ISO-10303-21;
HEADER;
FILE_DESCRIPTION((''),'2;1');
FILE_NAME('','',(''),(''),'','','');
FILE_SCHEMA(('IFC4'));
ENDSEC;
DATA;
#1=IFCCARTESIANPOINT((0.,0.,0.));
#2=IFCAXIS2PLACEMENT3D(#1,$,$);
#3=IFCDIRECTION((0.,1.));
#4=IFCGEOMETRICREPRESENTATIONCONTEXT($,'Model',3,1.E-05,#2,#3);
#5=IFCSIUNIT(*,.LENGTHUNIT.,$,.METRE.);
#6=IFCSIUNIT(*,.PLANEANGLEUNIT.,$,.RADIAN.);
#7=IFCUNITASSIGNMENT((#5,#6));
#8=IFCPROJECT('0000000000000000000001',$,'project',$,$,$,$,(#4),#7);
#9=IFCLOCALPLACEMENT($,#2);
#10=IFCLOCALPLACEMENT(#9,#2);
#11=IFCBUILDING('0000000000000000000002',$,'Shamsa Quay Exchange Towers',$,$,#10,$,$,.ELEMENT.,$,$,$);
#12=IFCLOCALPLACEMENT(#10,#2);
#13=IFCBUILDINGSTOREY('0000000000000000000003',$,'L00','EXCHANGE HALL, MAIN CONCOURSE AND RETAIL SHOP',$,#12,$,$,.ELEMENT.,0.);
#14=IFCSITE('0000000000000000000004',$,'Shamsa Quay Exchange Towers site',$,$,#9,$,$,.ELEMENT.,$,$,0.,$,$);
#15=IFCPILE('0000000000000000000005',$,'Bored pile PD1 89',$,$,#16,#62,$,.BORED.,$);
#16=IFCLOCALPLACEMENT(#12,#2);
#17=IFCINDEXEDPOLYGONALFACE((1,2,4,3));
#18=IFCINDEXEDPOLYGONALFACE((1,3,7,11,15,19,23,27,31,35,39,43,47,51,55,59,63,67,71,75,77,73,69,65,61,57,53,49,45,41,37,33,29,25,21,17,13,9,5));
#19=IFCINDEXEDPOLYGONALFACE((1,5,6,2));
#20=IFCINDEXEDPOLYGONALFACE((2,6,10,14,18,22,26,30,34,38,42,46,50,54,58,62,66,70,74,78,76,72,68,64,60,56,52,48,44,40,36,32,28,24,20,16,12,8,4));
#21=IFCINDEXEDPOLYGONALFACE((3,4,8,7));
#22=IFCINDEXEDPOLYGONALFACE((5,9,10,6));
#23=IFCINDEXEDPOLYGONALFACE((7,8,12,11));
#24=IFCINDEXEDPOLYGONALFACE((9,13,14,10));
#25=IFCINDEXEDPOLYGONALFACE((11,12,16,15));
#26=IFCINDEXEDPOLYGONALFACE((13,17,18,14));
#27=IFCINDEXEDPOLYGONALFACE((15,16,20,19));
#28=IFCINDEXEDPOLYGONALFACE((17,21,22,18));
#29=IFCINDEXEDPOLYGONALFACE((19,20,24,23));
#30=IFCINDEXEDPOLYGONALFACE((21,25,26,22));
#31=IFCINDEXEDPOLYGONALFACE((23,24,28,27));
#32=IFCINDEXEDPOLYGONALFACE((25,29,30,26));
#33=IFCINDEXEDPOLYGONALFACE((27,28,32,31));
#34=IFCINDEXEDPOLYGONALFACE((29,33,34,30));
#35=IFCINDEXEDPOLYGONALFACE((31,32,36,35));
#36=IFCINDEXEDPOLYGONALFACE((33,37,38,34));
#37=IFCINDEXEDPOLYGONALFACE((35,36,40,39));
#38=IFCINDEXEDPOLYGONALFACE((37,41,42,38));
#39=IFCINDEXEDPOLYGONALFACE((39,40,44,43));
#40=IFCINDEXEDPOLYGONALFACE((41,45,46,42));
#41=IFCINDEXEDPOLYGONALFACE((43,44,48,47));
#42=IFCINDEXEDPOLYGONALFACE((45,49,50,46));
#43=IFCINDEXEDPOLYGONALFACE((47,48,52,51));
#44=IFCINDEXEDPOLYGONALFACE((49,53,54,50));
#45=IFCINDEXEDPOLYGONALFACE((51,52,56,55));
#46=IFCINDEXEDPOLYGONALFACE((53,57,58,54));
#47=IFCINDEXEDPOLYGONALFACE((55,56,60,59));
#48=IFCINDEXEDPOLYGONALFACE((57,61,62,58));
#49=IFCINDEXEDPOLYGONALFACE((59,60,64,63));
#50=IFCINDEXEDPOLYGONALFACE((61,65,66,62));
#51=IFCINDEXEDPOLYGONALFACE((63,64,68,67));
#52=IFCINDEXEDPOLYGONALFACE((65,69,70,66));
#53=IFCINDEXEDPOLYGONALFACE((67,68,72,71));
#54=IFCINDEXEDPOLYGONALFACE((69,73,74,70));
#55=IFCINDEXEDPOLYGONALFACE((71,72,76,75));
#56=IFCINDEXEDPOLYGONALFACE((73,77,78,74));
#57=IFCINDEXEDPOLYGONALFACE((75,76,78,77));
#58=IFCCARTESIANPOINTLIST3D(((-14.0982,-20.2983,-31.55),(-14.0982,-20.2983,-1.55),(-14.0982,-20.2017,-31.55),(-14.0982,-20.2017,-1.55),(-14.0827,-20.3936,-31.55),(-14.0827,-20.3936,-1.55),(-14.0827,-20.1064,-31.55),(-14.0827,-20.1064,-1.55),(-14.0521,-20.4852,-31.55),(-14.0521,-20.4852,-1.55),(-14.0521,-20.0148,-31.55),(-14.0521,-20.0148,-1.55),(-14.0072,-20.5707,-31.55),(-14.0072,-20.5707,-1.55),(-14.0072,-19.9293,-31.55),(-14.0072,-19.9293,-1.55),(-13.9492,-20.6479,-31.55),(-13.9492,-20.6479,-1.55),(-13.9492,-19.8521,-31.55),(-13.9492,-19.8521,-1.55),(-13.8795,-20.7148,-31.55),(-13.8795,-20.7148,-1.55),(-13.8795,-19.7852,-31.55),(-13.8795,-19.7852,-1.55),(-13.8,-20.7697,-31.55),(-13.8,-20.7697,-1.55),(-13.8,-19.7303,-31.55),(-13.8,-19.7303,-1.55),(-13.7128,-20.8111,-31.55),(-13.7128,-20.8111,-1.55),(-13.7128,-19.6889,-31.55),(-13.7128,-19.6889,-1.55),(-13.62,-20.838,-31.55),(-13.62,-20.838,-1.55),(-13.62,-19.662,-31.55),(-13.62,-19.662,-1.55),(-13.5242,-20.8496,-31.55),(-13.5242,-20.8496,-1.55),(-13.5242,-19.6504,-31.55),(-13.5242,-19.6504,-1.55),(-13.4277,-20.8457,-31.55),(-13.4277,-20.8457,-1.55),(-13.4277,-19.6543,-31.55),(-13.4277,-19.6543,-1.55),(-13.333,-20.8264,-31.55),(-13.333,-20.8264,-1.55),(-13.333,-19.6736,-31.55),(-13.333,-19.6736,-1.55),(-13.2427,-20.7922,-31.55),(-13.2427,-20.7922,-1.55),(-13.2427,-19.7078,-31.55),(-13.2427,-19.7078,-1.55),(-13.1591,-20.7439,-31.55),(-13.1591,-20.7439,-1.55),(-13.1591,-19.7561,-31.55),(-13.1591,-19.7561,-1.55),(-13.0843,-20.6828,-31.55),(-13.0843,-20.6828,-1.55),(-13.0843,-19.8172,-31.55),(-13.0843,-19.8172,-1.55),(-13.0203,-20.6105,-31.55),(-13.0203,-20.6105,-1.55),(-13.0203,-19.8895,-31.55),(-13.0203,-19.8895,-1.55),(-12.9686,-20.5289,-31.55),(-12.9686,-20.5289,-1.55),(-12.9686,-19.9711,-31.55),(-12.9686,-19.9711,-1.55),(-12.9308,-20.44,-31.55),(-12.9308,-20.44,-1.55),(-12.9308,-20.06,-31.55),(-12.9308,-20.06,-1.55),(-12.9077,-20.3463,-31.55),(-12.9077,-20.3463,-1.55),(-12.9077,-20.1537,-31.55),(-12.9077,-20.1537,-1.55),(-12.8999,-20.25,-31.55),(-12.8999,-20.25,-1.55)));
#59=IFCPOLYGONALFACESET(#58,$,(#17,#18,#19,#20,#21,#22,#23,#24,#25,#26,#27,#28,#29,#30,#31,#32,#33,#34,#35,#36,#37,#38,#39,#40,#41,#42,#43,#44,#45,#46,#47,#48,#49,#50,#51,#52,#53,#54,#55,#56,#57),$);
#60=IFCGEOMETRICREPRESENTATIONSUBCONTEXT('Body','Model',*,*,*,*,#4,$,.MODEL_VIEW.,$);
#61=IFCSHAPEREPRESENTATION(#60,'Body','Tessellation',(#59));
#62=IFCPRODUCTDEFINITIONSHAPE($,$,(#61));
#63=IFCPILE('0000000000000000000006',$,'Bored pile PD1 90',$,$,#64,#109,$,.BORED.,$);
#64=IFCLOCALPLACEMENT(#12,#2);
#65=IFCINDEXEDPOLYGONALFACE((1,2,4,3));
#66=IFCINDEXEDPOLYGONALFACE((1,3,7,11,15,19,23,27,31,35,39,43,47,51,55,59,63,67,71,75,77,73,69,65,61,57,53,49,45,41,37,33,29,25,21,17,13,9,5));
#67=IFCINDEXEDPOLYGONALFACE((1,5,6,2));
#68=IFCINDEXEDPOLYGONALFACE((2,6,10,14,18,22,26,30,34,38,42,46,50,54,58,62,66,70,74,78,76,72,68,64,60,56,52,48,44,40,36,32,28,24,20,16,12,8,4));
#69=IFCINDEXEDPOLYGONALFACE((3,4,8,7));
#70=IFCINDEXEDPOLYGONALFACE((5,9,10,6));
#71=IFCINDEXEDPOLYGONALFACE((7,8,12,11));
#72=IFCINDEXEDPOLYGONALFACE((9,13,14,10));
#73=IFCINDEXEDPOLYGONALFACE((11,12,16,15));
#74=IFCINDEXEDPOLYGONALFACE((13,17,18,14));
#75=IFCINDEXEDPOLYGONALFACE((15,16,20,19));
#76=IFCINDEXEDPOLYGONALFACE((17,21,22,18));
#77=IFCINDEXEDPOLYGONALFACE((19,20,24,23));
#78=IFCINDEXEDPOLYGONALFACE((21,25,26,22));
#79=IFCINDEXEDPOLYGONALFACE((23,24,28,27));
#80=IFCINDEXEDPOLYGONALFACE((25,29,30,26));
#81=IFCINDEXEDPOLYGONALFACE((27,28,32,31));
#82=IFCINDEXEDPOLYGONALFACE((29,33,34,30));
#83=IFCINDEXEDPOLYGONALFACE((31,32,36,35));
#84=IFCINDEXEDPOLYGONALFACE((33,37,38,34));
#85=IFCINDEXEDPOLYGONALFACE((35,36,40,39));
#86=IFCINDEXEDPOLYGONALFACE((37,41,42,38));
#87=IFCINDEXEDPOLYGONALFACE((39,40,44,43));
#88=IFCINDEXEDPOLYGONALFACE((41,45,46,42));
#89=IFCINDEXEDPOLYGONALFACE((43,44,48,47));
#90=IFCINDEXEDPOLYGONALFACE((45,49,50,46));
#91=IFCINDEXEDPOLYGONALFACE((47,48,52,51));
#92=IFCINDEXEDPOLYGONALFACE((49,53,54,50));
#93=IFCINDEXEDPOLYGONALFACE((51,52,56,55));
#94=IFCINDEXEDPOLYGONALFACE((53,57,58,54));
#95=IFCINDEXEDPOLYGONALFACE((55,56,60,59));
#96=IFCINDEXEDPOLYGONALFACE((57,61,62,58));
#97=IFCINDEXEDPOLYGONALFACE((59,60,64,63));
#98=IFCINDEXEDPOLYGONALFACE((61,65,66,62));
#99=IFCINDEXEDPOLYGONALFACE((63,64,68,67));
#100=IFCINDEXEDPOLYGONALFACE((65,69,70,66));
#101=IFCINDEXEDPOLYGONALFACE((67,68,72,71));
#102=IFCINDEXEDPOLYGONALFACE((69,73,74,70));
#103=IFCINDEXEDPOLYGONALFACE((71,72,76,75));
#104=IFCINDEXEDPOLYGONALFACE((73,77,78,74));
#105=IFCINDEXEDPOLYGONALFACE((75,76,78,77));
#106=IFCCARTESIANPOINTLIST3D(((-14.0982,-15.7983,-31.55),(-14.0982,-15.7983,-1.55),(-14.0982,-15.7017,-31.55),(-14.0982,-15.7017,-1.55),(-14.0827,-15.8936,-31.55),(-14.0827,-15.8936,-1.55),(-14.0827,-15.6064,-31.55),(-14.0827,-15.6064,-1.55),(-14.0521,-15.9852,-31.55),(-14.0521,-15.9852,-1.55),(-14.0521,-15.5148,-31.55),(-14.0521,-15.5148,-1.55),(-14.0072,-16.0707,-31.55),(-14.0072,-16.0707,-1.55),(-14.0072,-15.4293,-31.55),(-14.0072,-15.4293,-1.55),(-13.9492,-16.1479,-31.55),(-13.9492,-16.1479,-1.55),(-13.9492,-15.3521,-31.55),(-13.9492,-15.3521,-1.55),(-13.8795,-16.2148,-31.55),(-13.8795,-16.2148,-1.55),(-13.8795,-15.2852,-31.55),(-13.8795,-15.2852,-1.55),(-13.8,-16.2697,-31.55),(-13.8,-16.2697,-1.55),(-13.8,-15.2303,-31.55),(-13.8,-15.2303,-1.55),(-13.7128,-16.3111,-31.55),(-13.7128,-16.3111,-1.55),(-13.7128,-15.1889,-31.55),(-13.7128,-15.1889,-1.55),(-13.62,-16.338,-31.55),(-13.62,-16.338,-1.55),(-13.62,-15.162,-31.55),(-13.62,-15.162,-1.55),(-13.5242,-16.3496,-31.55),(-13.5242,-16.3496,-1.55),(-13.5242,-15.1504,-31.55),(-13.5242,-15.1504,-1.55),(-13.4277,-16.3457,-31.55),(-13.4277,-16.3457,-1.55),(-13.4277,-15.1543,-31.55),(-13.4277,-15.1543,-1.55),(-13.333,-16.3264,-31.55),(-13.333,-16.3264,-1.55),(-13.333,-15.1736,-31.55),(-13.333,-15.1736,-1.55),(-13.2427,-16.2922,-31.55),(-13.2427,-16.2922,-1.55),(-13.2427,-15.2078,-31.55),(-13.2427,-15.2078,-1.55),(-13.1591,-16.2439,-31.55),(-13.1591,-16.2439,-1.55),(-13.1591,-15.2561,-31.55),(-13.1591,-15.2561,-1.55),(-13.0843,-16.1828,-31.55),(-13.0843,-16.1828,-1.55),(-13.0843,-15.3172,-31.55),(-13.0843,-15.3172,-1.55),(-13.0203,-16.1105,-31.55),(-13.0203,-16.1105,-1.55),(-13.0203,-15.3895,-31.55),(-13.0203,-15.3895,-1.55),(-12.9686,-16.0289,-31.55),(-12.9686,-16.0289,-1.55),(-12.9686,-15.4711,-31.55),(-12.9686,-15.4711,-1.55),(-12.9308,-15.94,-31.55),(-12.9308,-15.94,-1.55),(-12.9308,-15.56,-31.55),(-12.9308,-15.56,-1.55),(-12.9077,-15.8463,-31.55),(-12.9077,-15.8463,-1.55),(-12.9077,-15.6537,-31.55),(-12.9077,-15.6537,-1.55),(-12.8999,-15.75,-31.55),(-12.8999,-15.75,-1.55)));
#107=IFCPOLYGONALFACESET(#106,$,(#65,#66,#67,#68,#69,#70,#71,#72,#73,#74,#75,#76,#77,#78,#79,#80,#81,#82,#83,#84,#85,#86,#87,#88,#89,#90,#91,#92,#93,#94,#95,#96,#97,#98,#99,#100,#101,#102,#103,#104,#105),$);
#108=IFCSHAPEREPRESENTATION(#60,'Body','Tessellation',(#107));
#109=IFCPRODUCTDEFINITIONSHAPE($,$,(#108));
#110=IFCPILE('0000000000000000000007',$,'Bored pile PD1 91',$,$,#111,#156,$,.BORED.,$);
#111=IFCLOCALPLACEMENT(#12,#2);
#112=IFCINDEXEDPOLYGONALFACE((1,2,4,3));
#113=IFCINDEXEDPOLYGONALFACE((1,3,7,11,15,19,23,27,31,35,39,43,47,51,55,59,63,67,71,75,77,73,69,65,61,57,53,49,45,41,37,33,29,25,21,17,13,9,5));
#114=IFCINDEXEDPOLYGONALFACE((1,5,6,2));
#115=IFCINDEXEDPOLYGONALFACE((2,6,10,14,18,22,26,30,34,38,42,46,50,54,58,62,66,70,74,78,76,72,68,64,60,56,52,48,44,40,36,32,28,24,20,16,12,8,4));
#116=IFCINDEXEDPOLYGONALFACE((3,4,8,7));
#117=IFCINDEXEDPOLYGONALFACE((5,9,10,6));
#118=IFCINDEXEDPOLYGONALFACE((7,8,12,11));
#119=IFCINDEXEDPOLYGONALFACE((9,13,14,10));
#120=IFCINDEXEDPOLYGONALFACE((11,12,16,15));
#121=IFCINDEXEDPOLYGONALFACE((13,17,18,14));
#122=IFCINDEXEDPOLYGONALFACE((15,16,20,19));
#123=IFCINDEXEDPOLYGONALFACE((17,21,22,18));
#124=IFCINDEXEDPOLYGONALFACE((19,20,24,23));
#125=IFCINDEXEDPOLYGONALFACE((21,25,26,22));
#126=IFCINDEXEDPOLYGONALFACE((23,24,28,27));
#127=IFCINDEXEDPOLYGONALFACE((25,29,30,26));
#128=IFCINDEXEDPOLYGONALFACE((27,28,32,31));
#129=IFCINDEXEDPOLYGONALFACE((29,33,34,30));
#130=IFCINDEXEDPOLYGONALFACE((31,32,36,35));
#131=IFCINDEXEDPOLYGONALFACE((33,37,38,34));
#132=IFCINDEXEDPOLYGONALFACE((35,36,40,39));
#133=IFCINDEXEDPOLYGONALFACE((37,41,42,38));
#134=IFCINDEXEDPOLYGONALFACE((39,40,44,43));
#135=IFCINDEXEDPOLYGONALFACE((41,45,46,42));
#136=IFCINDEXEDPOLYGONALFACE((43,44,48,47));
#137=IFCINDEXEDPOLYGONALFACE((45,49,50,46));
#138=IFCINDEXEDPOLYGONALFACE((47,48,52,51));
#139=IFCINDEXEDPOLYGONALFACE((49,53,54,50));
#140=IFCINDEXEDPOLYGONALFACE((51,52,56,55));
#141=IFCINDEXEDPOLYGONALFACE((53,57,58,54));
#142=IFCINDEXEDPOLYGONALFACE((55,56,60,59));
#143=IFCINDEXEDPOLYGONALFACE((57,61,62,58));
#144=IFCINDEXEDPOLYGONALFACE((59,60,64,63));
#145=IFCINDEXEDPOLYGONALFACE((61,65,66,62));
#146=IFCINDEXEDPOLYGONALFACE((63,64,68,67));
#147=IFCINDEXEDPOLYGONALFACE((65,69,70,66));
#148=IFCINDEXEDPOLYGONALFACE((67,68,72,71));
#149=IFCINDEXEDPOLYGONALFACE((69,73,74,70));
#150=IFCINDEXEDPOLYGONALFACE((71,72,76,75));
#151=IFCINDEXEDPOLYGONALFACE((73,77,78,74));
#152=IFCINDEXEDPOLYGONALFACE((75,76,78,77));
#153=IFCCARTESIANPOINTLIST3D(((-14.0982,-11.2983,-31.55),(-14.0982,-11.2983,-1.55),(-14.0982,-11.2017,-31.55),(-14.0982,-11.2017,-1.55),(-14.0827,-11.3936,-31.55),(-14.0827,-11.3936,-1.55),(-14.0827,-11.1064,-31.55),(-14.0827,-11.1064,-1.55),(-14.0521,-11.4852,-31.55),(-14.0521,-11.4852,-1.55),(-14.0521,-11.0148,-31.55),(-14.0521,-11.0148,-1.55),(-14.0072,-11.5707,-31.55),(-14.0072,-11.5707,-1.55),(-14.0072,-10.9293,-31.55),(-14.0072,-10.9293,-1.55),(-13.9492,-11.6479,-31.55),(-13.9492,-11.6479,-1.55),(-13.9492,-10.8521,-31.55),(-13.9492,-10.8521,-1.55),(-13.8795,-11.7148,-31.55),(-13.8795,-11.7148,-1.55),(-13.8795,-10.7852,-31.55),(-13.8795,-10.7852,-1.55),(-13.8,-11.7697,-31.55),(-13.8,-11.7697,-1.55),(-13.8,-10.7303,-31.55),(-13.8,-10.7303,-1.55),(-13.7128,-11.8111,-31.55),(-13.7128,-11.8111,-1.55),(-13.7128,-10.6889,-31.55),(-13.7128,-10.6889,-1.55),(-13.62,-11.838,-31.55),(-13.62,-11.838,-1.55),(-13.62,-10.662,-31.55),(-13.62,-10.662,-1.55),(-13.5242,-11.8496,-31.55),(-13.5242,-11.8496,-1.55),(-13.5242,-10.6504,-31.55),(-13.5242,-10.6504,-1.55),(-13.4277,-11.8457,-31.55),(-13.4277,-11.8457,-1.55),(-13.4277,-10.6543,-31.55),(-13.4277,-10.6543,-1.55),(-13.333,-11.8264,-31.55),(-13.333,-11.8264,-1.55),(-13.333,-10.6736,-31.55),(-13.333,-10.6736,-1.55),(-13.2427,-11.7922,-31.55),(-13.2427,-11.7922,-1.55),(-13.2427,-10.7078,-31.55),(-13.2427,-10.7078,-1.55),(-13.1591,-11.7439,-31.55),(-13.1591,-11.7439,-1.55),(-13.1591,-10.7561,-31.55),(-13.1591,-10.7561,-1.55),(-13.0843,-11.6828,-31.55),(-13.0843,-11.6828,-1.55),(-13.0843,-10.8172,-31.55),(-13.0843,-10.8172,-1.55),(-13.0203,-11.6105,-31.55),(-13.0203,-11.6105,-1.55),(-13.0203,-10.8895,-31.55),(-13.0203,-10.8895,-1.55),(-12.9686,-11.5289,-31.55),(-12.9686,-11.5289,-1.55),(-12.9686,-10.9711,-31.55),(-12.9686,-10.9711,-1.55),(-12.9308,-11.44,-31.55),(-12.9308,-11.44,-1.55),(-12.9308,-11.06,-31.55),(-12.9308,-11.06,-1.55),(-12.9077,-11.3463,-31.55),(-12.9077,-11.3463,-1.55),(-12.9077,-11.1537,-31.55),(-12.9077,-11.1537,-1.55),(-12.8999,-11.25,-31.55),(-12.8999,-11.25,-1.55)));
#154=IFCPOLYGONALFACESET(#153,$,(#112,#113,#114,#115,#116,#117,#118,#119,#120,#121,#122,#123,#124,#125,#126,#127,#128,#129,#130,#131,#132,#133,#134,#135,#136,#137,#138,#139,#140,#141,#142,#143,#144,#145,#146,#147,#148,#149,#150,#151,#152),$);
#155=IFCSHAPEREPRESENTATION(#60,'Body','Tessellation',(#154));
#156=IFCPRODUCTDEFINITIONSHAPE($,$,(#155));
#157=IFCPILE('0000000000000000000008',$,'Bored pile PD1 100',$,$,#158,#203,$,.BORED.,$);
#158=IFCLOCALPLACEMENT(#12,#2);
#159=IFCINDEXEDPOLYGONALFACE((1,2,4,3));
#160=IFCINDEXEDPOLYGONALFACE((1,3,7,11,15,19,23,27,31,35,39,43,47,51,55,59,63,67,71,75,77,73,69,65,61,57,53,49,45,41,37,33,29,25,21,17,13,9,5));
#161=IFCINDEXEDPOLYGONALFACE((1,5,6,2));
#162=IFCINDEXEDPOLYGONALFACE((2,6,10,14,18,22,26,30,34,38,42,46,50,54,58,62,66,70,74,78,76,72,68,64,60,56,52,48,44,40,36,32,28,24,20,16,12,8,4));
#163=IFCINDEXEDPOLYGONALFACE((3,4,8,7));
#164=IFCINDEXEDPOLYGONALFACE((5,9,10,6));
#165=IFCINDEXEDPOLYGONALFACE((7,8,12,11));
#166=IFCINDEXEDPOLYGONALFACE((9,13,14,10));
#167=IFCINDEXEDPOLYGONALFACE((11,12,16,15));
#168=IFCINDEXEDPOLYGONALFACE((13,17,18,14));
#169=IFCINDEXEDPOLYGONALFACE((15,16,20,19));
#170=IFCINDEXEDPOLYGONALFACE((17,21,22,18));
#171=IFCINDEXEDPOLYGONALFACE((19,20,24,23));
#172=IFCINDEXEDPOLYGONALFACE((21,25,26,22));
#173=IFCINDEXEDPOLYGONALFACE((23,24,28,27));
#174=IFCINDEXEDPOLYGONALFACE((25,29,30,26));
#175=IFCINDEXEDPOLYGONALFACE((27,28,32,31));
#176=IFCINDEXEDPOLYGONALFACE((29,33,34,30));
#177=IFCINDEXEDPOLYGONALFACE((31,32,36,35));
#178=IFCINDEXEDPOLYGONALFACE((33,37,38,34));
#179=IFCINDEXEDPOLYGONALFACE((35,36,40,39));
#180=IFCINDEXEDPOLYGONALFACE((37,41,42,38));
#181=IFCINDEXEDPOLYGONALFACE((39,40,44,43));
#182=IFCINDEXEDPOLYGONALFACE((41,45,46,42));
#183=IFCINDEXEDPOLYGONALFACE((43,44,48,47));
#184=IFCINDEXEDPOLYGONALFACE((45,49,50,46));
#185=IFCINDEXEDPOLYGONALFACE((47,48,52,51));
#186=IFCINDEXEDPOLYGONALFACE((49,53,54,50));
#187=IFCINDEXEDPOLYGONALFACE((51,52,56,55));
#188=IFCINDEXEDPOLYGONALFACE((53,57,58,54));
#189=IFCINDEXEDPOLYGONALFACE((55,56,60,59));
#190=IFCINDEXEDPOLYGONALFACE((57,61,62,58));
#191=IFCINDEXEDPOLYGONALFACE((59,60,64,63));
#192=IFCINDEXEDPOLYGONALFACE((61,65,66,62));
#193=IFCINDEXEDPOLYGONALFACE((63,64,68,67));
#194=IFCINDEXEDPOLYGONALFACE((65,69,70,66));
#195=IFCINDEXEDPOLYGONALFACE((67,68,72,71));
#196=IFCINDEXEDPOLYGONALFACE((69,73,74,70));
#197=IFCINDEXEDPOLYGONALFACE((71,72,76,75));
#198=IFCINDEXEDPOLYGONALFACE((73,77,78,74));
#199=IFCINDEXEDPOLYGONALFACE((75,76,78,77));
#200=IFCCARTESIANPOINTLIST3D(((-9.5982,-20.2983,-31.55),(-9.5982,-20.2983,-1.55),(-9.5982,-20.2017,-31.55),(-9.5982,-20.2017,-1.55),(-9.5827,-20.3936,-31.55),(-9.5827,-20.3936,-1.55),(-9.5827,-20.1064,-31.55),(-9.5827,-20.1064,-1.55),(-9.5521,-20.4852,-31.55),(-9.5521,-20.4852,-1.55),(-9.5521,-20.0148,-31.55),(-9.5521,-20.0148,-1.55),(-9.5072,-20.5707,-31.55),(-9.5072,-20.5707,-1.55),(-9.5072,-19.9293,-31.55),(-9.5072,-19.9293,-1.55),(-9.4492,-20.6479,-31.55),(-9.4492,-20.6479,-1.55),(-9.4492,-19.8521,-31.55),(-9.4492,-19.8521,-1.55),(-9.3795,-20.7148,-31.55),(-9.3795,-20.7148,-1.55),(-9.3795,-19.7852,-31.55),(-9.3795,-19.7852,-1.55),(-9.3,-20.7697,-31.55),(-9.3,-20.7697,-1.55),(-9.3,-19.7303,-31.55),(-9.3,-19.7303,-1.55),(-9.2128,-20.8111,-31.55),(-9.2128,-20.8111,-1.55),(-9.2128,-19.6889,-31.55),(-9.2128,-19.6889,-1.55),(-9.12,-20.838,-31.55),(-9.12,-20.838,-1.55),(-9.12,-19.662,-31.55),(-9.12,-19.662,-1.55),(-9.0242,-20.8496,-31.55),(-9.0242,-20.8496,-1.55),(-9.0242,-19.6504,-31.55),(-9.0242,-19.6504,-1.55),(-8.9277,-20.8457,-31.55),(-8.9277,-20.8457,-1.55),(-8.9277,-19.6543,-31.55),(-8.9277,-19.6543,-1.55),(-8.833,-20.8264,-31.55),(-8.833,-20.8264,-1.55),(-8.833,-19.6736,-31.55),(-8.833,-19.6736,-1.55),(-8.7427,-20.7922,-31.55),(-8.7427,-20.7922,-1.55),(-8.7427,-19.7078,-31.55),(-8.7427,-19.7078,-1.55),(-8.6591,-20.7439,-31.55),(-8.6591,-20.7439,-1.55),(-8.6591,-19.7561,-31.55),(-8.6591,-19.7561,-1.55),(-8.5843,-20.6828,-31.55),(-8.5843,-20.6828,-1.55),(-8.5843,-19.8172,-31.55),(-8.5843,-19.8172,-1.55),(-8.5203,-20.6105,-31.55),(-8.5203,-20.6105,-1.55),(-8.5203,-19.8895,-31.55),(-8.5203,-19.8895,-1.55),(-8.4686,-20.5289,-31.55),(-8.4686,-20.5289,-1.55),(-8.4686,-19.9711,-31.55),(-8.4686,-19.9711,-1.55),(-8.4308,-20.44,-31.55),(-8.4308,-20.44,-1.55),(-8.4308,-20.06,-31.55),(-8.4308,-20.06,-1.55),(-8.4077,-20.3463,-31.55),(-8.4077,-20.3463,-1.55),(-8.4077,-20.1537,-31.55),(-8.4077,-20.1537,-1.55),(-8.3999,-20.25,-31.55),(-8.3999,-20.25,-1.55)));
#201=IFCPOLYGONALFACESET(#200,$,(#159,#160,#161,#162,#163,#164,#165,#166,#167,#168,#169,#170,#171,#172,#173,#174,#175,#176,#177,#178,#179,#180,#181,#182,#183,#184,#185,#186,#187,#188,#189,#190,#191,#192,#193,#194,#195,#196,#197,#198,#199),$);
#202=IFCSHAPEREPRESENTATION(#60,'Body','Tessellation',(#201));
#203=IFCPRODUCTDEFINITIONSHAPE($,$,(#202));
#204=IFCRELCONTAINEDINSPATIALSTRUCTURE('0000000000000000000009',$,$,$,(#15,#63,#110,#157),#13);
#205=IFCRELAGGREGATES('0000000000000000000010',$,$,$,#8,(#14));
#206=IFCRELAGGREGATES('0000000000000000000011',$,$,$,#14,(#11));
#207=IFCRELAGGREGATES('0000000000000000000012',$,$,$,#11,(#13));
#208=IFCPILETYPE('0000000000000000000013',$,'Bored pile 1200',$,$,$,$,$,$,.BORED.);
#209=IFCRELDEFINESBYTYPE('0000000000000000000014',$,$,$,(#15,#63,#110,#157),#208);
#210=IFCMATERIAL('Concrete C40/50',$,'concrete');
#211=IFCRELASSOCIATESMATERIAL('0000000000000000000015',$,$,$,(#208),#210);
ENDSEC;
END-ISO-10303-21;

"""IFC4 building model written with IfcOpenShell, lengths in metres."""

from ifc_helpers import new_model, si_unit, direction, frame, origin, origin_2d, place, context, subcontext, project, spatial, circle, extrude, material, material_profile, profile_set, type_object, element, save


model = new_model("IFC4")

# Units and contexts
model_context = context("Model", 3, precision=1e-05, world=origin(), true_north=direction((0.0, 1.0)))
body_context = subcontext(model_context, "Body", "Model", "MODEL_VIEW")
ifc_project = project(units=[si_unit("LENGTHUNIT", "METRE"), si_unit("PLANEANGLEUNIT", "RADIAN")], contexts=[model_context])

# Site, building, storey
site_placement = place(None, origin())
site = spatial("IfcSite", under=ifc_project, at=site_placement, Name="Shamsa Quay Exchange Towers site", CompositionType="ELEMENT", RefElevation=0.0)
building_placement = place(site_placement, origin())
building = spatial("IfcBuilding", under=site, at=building_placement, Name="Shamsa Quay Exchange Towers", CompositionType="ELEMENT")
storey_placement = place(building_placement, origin())
storey = spatial("IfcBuildingStorey", under=building, at=storey_placement, Name="L00", Description="EXCHANGE HALL, MAIN CONCOURSE AND RETAIL SHOP", CompositionType="ELEMENT", Elevation=0.0)

# Piles
ifc_material_1 = material(Name="Concrete C40/50", Category="concrete")
ifc_material_profile_1 = material_profile(ifc_material_1, circle(Radius=0.6001, at=origin_2d()), Name="BP1200")
ifc_profile_set_1 = profile_set([ifc_material_profile_1], Name="Concrete C40/50")
pile_type_1 = type_object("IfcPileType", Name="Bored pile 1200", PredefinedType="BORED", material=ifc_profile_set_1)
for number, where, z_axis, x_axis, name in (
    (1, (-13.5, -20.25, -1.55), (0.0, 0.0, -1.0), (1.0, 0.0, 0.0), "Bored pile PD1 89"),
    (2, (-13.5, -15.75, -1.55), (0.0, 0.0, -1.0), (1.0, 0.0, 0.0), "Bored pile PD1 90"),
    (3, (-13.5, -11.25, -1.55), (0.0, 0.0, -1.0), (1.0, 0.0, 0.0), "Bored pile PD1 91"),
    (4, (-9.0, -20.25, -1.55), (0.0, 0.0, -1.0), (1.0, 0.0, 0.0), "Bored pile PD1 100"),
):
    element("IfcPile", number, at=place(storey_placement, frame(where, z_axis=z_axis, x_axis=x_axis)), inside=storey, type_object=pile_type_1, Name=name, PredefinedType="BORED", context=body_context, shape_type="SweptSolid", body=[
        extrude(circle(Radius=0.6001, at=origin_2d()), origin(), (0.0, 0.0, 1.0), 30.0),
    ])

save(model, "model.ifc")
